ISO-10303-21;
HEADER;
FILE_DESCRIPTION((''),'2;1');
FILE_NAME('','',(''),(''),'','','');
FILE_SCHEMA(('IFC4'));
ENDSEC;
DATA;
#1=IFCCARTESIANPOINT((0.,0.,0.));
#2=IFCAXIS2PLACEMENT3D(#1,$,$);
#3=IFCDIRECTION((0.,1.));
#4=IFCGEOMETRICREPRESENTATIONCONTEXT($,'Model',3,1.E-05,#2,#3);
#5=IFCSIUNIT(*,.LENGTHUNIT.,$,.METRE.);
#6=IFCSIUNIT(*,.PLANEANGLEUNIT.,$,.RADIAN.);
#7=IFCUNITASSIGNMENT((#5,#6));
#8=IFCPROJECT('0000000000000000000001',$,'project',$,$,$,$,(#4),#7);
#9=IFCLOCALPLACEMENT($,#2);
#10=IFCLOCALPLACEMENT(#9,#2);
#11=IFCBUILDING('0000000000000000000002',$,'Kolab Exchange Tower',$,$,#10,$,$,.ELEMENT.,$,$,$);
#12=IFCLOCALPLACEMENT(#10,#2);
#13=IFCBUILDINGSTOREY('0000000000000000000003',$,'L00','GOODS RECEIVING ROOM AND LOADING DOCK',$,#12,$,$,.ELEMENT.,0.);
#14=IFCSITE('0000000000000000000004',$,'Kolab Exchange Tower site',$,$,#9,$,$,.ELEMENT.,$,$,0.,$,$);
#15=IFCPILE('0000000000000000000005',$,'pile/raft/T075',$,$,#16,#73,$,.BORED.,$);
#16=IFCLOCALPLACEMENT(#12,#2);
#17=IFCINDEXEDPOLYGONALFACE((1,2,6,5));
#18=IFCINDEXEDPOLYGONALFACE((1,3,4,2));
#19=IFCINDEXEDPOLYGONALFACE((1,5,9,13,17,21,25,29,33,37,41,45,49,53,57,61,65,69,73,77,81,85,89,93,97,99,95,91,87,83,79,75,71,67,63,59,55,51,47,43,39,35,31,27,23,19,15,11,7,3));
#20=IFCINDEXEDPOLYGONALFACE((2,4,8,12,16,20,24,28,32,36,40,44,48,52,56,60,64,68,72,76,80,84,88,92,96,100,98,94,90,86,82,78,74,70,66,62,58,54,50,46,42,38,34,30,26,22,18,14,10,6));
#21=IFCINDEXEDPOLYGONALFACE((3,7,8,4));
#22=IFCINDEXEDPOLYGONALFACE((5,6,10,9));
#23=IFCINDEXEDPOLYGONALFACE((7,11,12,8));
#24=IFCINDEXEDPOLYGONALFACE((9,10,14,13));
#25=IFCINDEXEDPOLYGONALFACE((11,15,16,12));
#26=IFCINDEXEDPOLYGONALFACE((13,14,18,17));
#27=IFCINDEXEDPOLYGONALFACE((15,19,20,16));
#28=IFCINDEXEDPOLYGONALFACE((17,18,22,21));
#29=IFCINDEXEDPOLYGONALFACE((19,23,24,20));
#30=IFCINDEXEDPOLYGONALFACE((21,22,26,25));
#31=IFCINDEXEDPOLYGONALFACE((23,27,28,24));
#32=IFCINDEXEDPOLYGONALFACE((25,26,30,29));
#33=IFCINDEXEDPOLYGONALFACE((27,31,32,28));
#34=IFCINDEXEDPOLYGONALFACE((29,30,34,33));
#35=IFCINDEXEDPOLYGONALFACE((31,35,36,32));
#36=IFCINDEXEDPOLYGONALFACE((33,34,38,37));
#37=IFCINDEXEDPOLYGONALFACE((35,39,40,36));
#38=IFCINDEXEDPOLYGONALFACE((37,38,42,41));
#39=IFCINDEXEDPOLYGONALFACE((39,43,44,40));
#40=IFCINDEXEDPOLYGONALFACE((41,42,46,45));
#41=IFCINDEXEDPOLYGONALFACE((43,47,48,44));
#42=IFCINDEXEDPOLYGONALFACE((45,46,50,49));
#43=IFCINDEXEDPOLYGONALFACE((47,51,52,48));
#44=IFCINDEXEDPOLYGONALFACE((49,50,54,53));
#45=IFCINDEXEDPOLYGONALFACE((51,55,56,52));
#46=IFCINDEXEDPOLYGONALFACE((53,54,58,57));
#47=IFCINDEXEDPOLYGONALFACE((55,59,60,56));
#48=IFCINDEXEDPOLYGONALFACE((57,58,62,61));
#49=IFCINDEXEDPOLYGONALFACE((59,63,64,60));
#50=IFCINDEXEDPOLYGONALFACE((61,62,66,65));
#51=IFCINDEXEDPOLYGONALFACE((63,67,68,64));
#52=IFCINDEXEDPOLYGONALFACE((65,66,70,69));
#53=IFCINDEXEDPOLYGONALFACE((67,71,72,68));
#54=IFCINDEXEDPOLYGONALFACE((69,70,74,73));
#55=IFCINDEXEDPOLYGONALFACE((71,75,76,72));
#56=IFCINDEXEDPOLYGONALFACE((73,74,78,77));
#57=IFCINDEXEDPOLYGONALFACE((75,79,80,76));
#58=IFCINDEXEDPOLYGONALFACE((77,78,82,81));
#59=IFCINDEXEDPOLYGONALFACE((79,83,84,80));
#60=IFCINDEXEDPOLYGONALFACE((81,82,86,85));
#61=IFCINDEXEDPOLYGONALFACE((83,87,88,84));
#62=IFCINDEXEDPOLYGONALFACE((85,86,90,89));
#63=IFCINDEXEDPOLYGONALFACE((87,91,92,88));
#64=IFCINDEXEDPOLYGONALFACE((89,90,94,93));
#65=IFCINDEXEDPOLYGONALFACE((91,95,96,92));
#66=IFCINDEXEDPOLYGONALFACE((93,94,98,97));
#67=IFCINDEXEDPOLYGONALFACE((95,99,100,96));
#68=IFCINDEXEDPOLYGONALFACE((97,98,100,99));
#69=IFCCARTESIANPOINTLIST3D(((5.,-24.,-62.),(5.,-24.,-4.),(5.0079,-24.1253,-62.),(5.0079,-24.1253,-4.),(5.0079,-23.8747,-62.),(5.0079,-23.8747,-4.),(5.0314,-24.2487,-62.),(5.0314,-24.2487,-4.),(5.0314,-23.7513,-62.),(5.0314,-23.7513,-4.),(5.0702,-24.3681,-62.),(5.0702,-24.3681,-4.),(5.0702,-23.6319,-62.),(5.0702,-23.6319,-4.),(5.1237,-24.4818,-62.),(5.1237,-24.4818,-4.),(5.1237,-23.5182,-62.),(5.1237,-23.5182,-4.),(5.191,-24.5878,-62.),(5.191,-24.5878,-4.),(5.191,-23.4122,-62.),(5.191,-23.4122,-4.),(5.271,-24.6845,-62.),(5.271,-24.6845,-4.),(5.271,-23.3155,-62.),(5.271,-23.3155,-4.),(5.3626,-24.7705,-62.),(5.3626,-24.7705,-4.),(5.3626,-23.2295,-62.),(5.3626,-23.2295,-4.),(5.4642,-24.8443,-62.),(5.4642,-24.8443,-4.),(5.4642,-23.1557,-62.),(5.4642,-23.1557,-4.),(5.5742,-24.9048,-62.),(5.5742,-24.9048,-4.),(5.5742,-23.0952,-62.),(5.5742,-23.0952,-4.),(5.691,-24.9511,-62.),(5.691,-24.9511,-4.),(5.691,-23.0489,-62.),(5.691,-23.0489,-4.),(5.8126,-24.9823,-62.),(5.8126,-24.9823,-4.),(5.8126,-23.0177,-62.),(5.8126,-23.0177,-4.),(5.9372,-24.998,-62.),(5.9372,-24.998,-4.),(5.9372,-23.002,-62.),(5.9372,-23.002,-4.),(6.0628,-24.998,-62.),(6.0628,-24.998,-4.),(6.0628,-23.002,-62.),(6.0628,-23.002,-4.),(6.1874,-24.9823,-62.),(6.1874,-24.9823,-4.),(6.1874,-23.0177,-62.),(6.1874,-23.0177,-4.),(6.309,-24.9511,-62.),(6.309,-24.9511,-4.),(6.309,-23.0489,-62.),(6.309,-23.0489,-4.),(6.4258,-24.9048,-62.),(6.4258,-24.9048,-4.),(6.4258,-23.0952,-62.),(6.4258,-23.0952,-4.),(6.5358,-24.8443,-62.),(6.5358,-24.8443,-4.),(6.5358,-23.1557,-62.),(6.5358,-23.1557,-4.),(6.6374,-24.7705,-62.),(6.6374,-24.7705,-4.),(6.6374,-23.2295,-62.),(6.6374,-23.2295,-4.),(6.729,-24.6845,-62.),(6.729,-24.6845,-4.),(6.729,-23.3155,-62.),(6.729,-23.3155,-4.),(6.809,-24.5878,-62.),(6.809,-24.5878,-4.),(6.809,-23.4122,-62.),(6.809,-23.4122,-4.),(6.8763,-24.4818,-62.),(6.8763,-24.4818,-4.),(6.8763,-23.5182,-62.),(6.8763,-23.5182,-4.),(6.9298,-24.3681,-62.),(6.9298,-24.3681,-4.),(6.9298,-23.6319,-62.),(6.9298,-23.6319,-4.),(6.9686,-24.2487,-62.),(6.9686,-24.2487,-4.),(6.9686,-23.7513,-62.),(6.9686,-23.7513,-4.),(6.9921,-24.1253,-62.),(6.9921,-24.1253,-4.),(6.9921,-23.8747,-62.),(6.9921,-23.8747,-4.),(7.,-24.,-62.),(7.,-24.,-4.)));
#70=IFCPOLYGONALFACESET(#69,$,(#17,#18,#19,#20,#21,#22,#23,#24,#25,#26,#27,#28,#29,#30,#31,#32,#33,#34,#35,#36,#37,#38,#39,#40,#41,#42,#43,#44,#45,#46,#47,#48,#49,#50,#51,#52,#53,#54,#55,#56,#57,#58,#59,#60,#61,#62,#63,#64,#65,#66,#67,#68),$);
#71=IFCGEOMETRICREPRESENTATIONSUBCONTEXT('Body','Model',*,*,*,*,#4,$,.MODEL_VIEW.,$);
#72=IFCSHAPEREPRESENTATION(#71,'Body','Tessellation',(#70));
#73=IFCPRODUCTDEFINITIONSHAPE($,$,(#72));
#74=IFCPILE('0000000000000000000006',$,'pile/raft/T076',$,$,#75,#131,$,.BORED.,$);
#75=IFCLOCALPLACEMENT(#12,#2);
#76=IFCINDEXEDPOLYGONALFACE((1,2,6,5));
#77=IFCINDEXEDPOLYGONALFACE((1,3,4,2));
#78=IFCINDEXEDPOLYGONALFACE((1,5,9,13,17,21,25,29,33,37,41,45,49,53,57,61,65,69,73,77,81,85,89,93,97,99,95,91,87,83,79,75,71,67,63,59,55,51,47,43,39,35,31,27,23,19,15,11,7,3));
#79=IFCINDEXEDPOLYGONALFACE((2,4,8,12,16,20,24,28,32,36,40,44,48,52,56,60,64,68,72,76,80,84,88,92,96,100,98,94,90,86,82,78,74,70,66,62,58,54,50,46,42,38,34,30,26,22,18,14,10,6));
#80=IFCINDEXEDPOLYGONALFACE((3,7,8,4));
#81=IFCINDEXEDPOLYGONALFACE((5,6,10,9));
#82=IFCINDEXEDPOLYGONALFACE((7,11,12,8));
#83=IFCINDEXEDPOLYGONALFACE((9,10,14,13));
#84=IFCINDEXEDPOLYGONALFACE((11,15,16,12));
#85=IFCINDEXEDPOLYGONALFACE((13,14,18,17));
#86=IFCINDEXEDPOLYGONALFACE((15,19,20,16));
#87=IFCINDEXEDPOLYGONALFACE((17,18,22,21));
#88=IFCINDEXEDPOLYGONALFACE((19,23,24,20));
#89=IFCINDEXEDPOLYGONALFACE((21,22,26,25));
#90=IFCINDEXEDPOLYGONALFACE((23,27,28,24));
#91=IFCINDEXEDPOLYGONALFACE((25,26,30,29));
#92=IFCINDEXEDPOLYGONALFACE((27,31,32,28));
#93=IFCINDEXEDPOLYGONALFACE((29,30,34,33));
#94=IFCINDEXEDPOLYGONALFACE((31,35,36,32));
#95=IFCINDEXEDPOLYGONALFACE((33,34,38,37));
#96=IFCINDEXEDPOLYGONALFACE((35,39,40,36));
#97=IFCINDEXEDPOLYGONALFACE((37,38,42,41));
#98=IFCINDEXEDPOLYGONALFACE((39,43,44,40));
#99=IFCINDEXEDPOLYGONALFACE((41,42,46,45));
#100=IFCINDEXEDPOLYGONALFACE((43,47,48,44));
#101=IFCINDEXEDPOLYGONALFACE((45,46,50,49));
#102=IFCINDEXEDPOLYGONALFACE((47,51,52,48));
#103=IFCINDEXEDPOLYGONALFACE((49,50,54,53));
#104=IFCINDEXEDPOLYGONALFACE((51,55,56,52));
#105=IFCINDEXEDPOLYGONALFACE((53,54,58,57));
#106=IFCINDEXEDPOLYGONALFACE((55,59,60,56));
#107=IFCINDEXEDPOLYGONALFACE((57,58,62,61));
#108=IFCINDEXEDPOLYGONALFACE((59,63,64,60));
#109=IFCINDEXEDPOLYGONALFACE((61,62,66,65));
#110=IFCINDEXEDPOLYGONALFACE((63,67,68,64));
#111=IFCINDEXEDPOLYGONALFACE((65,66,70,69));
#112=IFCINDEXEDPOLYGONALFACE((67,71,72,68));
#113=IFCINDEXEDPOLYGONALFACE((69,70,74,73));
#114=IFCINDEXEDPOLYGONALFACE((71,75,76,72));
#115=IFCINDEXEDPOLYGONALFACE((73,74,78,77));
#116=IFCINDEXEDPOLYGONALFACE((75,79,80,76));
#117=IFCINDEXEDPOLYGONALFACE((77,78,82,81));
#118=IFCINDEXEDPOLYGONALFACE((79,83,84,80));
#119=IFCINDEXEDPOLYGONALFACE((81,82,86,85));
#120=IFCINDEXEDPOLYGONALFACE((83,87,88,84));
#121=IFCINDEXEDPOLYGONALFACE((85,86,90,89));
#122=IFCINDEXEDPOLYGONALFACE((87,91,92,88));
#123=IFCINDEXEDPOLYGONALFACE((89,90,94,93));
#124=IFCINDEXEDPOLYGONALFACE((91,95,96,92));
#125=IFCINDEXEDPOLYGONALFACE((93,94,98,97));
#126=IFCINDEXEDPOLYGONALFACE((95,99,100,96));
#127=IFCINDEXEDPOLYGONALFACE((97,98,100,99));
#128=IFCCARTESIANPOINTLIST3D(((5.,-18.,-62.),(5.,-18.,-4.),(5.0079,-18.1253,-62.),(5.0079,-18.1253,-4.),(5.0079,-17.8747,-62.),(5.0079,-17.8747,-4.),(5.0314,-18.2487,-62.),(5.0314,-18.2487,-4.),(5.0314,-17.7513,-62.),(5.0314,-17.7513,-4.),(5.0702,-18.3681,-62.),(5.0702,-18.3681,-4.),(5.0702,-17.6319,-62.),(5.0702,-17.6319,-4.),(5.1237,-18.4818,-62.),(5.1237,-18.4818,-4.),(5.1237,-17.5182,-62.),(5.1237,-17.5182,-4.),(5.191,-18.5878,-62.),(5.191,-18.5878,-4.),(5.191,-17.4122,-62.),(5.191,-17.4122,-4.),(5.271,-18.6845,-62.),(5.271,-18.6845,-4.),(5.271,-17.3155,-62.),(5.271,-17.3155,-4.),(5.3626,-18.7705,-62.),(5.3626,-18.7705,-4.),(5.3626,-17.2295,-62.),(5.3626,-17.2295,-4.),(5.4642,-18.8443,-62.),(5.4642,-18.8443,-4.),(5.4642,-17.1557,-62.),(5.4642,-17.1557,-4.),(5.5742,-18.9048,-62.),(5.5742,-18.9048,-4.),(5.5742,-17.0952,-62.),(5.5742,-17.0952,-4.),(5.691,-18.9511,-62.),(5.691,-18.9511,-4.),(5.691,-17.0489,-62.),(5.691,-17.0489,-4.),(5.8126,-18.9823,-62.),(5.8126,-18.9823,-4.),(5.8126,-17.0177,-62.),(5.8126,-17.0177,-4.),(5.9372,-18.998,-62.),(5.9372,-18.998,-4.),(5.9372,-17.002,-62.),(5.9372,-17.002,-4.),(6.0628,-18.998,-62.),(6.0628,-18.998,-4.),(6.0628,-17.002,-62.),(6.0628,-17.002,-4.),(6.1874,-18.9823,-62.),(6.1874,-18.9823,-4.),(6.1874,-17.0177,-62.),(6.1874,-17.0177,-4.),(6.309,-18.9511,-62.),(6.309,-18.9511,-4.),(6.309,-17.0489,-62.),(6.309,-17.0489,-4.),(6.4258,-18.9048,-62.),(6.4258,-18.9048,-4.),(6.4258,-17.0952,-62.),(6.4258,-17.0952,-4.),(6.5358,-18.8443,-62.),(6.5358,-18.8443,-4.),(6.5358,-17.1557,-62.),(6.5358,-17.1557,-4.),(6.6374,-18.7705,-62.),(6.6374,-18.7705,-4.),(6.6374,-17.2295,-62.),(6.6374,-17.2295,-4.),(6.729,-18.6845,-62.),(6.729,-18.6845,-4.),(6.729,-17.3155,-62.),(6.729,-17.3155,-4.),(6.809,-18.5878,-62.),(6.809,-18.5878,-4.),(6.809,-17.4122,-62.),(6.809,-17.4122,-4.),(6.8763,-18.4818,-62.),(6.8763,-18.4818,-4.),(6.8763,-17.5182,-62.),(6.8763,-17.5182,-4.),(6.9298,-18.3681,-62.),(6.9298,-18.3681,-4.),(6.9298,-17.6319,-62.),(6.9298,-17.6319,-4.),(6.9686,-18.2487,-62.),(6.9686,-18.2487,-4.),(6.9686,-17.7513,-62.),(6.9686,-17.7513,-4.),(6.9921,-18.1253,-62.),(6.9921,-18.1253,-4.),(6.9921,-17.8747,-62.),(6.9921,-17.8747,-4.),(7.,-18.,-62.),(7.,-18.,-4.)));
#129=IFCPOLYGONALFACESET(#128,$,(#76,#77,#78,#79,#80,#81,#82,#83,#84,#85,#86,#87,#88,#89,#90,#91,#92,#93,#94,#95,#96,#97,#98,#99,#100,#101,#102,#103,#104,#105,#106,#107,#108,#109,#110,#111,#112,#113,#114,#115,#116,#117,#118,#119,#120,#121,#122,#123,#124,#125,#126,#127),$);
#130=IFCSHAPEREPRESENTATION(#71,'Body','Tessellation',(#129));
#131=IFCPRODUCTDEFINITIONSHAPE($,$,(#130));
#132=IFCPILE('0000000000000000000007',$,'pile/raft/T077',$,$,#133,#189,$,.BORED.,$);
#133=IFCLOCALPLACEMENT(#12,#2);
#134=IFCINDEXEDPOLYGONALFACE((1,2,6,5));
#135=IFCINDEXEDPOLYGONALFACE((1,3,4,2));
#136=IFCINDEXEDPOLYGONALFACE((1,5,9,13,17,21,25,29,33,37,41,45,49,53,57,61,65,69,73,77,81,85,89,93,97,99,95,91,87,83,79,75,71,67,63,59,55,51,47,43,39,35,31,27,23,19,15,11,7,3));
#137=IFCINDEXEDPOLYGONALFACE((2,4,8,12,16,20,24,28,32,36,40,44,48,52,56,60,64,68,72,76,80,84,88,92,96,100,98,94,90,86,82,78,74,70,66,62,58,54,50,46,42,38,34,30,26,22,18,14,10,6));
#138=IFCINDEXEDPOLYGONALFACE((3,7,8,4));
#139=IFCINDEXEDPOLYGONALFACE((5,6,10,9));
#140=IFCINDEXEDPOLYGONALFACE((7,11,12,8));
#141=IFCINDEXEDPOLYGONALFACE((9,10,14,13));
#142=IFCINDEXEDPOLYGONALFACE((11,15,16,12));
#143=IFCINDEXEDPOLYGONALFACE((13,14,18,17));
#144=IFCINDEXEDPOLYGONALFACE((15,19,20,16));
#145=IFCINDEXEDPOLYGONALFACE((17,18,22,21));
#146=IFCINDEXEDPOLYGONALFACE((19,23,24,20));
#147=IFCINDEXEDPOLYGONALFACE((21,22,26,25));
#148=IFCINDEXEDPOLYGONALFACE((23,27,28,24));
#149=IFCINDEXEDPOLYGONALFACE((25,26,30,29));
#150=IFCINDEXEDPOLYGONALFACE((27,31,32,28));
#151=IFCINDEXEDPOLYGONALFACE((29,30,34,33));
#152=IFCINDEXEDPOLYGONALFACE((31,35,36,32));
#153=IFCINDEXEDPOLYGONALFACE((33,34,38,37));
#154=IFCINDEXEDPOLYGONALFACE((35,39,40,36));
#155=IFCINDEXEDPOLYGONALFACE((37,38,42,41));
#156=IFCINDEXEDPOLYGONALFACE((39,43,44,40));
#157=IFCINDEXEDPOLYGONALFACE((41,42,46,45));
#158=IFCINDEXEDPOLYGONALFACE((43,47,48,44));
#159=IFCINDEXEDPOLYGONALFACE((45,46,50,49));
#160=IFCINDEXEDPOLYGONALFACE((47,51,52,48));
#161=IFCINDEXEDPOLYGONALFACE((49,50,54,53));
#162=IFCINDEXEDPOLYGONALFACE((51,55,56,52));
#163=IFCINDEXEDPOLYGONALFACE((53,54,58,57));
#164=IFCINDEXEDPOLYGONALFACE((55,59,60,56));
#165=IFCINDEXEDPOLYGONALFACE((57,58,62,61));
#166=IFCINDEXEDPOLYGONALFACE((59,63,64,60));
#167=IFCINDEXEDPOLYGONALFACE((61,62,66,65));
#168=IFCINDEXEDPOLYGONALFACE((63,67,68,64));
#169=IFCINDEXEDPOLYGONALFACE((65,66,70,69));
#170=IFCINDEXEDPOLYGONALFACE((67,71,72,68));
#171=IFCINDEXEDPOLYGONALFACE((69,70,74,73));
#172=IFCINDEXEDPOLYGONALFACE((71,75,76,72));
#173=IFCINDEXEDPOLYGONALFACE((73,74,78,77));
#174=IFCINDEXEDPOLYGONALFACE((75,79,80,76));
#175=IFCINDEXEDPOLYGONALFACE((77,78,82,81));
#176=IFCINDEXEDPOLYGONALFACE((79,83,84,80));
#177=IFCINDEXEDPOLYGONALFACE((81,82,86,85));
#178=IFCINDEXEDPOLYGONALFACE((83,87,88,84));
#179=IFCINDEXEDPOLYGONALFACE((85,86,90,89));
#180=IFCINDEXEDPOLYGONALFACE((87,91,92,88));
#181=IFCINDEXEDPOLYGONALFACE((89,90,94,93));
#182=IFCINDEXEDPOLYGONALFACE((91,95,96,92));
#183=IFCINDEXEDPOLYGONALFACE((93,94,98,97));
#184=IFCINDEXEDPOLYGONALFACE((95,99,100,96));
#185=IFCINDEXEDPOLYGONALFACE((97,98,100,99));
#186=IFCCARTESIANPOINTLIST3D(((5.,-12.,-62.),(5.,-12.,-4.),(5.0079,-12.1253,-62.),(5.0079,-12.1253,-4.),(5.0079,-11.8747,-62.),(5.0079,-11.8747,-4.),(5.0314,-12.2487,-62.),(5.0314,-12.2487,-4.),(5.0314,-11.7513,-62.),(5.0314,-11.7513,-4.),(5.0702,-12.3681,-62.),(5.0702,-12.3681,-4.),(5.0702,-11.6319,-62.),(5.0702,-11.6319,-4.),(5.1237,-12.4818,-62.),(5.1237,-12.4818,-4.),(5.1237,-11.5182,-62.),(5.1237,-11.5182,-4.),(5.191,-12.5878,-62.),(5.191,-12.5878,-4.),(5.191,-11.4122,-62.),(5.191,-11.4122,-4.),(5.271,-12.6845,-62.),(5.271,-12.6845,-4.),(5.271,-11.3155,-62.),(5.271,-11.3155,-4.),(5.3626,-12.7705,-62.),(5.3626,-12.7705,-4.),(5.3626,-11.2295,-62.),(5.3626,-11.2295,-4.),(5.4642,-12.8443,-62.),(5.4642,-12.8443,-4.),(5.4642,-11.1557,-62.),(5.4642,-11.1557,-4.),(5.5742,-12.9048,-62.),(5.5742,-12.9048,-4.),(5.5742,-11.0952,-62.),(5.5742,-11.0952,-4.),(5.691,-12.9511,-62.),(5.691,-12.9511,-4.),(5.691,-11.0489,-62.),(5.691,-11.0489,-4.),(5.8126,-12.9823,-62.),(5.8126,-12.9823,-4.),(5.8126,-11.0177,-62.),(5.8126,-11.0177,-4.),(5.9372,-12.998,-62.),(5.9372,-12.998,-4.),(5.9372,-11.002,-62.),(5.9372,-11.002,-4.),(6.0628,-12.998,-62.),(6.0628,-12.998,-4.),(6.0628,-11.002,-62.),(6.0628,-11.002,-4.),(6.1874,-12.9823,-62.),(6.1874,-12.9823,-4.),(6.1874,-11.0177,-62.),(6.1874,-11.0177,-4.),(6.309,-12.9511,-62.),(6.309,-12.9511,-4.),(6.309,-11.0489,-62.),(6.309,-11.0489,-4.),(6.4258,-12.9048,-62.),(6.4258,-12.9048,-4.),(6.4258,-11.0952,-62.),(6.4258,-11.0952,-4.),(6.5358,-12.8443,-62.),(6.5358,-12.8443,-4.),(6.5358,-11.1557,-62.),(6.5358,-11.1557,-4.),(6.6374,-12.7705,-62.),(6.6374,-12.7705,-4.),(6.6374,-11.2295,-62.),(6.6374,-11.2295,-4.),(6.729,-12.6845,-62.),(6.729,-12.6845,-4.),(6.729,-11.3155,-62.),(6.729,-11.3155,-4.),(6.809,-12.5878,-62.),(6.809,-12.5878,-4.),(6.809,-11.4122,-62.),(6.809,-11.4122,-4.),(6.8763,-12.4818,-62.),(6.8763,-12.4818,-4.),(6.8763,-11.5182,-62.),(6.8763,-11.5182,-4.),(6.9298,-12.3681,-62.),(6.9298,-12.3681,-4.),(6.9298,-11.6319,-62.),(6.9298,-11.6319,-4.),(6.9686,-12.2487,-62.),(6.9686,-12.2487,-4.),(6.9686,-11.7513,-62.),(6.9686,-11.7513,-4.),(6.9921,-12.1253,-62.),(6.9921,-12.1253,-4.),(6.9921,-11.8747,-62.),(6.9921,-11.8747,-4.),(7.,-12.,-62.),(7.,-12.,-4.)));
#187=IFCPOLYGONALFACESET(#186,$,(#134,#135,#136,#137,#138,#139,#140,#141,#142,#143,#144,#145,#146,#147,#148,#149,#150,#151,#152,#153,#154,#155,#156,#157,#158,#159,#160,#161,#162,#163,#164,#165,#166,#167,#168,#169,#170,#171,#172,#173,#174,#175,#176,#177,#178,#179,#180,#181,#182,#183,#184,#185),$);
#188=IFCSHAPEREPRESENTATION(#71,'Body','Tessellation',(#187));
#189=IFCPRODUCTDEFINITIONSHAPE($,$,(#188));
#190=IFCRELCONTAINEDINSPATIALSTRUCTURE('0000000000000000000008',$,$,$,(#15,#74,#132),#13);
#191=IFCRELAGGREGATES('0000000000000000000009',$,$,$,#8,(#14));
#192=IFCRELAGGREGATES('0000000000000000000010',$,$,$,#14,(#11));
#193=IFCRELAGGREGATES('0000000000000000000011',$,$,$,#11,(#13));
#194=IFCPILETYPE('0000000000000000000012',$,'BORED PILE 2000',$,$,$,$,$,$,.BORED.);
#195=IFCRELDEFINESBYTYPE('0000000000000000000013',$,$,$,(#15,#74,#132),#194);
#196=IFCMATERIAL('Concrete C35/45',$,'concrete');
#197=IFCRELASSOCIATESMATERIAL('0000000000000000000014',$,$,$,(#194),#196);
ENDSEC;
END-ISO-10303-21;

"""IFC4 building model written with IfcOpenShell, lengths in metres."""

from ifc_helpers import new_model, si_unit, direction, frame, origin, origin_2d, place, context, subcontext, project, spatial, circle, extrude, material, material_profile, profile_set, type_object, element, save


model = new_model("IFC4")

# Units and contexts
model_context = context("Model", 3, precision=1e-05, world=origin(), true_north=direction((0.0, 1.0)))
body_context = subcontext(model_context, "Body", "Model", "MODEL_VIEW")
ifc_project = project(units=[si_unit("LENGTHUNIT", "METRE"), si_unit("PLANEANGLEUNIT", "RADIAN")], contexts=[model_context])

# Site, building, storey
site_placement = place(None, origin())
site = spatial("IfcSite", under=ifc_project, at=site_placement, Name="Kolab Exchange Tower site", CompositionType="ELEMENT", RefElevation=0.0)
building_placement = place(site_placement, origin())
building = spatial("IfcBuilding", under=site, at=building_placement, Name="Kolab Exchange Tower", CompositionType="ELEMENT")
storey_placement = place(building_placement, origin())
storey = spatial("IfcBuildingStorey", under=building, at=storey_placement, Name="L00", Description="GOODS RECEIVING ROOM AND LOADING DOCK", CompositionType="ELEMENT", Elevation=0.0)

# Piles
ifc_material_1 = material(Name="Concrete C35/45", Category="concrete")
ifc_material_profile_1 = material_profile(ifc_material_1, circle(Radius=1.0, at=origin_2d()), Name="BP2000")
ifc_profile_set_1 = profile_set([ifc_material_profile_1], Name="Concrete C35/45")
pile_type = type_object("IfcPileType", Name="BORED PILE 2000", PredefinedType="BORED", material=ifc_profile_set_1)
for number, where, z_axis, x_axis, name in (
    (1, (6.0, -24.0, -4.0), (0.0, 0.0, -1.0), (1.0, 0.0, 0.0), "pile/raft/T075"),
    (2, (6.0, -18.0, -4.0), (0.0, 0.0, -1.0), (1.0, 0.0, 0.0), "pile/raft/T076"),
    (3, (6.0, -12.0, -4.0), (0.0, 0.0, -1.0), (1.0, 0.0, 0.0), "pile/raft/T077"),
):
    element("IfcPile", number, at=place(storey_placement, frame(where, z_axis=z_axis, x_axis=x_axis)), inside=storey, type_object=pile_type, Name=name, PredefinedType="BORED", context=body_context, shape_type="SweptSolid", body=[
        extrude(circle(Radius=1.0, at=origin_2d()), origin(), (0.0, 0.0, 1.0), 58.0),
    ])

save(model, "model.ifc")
